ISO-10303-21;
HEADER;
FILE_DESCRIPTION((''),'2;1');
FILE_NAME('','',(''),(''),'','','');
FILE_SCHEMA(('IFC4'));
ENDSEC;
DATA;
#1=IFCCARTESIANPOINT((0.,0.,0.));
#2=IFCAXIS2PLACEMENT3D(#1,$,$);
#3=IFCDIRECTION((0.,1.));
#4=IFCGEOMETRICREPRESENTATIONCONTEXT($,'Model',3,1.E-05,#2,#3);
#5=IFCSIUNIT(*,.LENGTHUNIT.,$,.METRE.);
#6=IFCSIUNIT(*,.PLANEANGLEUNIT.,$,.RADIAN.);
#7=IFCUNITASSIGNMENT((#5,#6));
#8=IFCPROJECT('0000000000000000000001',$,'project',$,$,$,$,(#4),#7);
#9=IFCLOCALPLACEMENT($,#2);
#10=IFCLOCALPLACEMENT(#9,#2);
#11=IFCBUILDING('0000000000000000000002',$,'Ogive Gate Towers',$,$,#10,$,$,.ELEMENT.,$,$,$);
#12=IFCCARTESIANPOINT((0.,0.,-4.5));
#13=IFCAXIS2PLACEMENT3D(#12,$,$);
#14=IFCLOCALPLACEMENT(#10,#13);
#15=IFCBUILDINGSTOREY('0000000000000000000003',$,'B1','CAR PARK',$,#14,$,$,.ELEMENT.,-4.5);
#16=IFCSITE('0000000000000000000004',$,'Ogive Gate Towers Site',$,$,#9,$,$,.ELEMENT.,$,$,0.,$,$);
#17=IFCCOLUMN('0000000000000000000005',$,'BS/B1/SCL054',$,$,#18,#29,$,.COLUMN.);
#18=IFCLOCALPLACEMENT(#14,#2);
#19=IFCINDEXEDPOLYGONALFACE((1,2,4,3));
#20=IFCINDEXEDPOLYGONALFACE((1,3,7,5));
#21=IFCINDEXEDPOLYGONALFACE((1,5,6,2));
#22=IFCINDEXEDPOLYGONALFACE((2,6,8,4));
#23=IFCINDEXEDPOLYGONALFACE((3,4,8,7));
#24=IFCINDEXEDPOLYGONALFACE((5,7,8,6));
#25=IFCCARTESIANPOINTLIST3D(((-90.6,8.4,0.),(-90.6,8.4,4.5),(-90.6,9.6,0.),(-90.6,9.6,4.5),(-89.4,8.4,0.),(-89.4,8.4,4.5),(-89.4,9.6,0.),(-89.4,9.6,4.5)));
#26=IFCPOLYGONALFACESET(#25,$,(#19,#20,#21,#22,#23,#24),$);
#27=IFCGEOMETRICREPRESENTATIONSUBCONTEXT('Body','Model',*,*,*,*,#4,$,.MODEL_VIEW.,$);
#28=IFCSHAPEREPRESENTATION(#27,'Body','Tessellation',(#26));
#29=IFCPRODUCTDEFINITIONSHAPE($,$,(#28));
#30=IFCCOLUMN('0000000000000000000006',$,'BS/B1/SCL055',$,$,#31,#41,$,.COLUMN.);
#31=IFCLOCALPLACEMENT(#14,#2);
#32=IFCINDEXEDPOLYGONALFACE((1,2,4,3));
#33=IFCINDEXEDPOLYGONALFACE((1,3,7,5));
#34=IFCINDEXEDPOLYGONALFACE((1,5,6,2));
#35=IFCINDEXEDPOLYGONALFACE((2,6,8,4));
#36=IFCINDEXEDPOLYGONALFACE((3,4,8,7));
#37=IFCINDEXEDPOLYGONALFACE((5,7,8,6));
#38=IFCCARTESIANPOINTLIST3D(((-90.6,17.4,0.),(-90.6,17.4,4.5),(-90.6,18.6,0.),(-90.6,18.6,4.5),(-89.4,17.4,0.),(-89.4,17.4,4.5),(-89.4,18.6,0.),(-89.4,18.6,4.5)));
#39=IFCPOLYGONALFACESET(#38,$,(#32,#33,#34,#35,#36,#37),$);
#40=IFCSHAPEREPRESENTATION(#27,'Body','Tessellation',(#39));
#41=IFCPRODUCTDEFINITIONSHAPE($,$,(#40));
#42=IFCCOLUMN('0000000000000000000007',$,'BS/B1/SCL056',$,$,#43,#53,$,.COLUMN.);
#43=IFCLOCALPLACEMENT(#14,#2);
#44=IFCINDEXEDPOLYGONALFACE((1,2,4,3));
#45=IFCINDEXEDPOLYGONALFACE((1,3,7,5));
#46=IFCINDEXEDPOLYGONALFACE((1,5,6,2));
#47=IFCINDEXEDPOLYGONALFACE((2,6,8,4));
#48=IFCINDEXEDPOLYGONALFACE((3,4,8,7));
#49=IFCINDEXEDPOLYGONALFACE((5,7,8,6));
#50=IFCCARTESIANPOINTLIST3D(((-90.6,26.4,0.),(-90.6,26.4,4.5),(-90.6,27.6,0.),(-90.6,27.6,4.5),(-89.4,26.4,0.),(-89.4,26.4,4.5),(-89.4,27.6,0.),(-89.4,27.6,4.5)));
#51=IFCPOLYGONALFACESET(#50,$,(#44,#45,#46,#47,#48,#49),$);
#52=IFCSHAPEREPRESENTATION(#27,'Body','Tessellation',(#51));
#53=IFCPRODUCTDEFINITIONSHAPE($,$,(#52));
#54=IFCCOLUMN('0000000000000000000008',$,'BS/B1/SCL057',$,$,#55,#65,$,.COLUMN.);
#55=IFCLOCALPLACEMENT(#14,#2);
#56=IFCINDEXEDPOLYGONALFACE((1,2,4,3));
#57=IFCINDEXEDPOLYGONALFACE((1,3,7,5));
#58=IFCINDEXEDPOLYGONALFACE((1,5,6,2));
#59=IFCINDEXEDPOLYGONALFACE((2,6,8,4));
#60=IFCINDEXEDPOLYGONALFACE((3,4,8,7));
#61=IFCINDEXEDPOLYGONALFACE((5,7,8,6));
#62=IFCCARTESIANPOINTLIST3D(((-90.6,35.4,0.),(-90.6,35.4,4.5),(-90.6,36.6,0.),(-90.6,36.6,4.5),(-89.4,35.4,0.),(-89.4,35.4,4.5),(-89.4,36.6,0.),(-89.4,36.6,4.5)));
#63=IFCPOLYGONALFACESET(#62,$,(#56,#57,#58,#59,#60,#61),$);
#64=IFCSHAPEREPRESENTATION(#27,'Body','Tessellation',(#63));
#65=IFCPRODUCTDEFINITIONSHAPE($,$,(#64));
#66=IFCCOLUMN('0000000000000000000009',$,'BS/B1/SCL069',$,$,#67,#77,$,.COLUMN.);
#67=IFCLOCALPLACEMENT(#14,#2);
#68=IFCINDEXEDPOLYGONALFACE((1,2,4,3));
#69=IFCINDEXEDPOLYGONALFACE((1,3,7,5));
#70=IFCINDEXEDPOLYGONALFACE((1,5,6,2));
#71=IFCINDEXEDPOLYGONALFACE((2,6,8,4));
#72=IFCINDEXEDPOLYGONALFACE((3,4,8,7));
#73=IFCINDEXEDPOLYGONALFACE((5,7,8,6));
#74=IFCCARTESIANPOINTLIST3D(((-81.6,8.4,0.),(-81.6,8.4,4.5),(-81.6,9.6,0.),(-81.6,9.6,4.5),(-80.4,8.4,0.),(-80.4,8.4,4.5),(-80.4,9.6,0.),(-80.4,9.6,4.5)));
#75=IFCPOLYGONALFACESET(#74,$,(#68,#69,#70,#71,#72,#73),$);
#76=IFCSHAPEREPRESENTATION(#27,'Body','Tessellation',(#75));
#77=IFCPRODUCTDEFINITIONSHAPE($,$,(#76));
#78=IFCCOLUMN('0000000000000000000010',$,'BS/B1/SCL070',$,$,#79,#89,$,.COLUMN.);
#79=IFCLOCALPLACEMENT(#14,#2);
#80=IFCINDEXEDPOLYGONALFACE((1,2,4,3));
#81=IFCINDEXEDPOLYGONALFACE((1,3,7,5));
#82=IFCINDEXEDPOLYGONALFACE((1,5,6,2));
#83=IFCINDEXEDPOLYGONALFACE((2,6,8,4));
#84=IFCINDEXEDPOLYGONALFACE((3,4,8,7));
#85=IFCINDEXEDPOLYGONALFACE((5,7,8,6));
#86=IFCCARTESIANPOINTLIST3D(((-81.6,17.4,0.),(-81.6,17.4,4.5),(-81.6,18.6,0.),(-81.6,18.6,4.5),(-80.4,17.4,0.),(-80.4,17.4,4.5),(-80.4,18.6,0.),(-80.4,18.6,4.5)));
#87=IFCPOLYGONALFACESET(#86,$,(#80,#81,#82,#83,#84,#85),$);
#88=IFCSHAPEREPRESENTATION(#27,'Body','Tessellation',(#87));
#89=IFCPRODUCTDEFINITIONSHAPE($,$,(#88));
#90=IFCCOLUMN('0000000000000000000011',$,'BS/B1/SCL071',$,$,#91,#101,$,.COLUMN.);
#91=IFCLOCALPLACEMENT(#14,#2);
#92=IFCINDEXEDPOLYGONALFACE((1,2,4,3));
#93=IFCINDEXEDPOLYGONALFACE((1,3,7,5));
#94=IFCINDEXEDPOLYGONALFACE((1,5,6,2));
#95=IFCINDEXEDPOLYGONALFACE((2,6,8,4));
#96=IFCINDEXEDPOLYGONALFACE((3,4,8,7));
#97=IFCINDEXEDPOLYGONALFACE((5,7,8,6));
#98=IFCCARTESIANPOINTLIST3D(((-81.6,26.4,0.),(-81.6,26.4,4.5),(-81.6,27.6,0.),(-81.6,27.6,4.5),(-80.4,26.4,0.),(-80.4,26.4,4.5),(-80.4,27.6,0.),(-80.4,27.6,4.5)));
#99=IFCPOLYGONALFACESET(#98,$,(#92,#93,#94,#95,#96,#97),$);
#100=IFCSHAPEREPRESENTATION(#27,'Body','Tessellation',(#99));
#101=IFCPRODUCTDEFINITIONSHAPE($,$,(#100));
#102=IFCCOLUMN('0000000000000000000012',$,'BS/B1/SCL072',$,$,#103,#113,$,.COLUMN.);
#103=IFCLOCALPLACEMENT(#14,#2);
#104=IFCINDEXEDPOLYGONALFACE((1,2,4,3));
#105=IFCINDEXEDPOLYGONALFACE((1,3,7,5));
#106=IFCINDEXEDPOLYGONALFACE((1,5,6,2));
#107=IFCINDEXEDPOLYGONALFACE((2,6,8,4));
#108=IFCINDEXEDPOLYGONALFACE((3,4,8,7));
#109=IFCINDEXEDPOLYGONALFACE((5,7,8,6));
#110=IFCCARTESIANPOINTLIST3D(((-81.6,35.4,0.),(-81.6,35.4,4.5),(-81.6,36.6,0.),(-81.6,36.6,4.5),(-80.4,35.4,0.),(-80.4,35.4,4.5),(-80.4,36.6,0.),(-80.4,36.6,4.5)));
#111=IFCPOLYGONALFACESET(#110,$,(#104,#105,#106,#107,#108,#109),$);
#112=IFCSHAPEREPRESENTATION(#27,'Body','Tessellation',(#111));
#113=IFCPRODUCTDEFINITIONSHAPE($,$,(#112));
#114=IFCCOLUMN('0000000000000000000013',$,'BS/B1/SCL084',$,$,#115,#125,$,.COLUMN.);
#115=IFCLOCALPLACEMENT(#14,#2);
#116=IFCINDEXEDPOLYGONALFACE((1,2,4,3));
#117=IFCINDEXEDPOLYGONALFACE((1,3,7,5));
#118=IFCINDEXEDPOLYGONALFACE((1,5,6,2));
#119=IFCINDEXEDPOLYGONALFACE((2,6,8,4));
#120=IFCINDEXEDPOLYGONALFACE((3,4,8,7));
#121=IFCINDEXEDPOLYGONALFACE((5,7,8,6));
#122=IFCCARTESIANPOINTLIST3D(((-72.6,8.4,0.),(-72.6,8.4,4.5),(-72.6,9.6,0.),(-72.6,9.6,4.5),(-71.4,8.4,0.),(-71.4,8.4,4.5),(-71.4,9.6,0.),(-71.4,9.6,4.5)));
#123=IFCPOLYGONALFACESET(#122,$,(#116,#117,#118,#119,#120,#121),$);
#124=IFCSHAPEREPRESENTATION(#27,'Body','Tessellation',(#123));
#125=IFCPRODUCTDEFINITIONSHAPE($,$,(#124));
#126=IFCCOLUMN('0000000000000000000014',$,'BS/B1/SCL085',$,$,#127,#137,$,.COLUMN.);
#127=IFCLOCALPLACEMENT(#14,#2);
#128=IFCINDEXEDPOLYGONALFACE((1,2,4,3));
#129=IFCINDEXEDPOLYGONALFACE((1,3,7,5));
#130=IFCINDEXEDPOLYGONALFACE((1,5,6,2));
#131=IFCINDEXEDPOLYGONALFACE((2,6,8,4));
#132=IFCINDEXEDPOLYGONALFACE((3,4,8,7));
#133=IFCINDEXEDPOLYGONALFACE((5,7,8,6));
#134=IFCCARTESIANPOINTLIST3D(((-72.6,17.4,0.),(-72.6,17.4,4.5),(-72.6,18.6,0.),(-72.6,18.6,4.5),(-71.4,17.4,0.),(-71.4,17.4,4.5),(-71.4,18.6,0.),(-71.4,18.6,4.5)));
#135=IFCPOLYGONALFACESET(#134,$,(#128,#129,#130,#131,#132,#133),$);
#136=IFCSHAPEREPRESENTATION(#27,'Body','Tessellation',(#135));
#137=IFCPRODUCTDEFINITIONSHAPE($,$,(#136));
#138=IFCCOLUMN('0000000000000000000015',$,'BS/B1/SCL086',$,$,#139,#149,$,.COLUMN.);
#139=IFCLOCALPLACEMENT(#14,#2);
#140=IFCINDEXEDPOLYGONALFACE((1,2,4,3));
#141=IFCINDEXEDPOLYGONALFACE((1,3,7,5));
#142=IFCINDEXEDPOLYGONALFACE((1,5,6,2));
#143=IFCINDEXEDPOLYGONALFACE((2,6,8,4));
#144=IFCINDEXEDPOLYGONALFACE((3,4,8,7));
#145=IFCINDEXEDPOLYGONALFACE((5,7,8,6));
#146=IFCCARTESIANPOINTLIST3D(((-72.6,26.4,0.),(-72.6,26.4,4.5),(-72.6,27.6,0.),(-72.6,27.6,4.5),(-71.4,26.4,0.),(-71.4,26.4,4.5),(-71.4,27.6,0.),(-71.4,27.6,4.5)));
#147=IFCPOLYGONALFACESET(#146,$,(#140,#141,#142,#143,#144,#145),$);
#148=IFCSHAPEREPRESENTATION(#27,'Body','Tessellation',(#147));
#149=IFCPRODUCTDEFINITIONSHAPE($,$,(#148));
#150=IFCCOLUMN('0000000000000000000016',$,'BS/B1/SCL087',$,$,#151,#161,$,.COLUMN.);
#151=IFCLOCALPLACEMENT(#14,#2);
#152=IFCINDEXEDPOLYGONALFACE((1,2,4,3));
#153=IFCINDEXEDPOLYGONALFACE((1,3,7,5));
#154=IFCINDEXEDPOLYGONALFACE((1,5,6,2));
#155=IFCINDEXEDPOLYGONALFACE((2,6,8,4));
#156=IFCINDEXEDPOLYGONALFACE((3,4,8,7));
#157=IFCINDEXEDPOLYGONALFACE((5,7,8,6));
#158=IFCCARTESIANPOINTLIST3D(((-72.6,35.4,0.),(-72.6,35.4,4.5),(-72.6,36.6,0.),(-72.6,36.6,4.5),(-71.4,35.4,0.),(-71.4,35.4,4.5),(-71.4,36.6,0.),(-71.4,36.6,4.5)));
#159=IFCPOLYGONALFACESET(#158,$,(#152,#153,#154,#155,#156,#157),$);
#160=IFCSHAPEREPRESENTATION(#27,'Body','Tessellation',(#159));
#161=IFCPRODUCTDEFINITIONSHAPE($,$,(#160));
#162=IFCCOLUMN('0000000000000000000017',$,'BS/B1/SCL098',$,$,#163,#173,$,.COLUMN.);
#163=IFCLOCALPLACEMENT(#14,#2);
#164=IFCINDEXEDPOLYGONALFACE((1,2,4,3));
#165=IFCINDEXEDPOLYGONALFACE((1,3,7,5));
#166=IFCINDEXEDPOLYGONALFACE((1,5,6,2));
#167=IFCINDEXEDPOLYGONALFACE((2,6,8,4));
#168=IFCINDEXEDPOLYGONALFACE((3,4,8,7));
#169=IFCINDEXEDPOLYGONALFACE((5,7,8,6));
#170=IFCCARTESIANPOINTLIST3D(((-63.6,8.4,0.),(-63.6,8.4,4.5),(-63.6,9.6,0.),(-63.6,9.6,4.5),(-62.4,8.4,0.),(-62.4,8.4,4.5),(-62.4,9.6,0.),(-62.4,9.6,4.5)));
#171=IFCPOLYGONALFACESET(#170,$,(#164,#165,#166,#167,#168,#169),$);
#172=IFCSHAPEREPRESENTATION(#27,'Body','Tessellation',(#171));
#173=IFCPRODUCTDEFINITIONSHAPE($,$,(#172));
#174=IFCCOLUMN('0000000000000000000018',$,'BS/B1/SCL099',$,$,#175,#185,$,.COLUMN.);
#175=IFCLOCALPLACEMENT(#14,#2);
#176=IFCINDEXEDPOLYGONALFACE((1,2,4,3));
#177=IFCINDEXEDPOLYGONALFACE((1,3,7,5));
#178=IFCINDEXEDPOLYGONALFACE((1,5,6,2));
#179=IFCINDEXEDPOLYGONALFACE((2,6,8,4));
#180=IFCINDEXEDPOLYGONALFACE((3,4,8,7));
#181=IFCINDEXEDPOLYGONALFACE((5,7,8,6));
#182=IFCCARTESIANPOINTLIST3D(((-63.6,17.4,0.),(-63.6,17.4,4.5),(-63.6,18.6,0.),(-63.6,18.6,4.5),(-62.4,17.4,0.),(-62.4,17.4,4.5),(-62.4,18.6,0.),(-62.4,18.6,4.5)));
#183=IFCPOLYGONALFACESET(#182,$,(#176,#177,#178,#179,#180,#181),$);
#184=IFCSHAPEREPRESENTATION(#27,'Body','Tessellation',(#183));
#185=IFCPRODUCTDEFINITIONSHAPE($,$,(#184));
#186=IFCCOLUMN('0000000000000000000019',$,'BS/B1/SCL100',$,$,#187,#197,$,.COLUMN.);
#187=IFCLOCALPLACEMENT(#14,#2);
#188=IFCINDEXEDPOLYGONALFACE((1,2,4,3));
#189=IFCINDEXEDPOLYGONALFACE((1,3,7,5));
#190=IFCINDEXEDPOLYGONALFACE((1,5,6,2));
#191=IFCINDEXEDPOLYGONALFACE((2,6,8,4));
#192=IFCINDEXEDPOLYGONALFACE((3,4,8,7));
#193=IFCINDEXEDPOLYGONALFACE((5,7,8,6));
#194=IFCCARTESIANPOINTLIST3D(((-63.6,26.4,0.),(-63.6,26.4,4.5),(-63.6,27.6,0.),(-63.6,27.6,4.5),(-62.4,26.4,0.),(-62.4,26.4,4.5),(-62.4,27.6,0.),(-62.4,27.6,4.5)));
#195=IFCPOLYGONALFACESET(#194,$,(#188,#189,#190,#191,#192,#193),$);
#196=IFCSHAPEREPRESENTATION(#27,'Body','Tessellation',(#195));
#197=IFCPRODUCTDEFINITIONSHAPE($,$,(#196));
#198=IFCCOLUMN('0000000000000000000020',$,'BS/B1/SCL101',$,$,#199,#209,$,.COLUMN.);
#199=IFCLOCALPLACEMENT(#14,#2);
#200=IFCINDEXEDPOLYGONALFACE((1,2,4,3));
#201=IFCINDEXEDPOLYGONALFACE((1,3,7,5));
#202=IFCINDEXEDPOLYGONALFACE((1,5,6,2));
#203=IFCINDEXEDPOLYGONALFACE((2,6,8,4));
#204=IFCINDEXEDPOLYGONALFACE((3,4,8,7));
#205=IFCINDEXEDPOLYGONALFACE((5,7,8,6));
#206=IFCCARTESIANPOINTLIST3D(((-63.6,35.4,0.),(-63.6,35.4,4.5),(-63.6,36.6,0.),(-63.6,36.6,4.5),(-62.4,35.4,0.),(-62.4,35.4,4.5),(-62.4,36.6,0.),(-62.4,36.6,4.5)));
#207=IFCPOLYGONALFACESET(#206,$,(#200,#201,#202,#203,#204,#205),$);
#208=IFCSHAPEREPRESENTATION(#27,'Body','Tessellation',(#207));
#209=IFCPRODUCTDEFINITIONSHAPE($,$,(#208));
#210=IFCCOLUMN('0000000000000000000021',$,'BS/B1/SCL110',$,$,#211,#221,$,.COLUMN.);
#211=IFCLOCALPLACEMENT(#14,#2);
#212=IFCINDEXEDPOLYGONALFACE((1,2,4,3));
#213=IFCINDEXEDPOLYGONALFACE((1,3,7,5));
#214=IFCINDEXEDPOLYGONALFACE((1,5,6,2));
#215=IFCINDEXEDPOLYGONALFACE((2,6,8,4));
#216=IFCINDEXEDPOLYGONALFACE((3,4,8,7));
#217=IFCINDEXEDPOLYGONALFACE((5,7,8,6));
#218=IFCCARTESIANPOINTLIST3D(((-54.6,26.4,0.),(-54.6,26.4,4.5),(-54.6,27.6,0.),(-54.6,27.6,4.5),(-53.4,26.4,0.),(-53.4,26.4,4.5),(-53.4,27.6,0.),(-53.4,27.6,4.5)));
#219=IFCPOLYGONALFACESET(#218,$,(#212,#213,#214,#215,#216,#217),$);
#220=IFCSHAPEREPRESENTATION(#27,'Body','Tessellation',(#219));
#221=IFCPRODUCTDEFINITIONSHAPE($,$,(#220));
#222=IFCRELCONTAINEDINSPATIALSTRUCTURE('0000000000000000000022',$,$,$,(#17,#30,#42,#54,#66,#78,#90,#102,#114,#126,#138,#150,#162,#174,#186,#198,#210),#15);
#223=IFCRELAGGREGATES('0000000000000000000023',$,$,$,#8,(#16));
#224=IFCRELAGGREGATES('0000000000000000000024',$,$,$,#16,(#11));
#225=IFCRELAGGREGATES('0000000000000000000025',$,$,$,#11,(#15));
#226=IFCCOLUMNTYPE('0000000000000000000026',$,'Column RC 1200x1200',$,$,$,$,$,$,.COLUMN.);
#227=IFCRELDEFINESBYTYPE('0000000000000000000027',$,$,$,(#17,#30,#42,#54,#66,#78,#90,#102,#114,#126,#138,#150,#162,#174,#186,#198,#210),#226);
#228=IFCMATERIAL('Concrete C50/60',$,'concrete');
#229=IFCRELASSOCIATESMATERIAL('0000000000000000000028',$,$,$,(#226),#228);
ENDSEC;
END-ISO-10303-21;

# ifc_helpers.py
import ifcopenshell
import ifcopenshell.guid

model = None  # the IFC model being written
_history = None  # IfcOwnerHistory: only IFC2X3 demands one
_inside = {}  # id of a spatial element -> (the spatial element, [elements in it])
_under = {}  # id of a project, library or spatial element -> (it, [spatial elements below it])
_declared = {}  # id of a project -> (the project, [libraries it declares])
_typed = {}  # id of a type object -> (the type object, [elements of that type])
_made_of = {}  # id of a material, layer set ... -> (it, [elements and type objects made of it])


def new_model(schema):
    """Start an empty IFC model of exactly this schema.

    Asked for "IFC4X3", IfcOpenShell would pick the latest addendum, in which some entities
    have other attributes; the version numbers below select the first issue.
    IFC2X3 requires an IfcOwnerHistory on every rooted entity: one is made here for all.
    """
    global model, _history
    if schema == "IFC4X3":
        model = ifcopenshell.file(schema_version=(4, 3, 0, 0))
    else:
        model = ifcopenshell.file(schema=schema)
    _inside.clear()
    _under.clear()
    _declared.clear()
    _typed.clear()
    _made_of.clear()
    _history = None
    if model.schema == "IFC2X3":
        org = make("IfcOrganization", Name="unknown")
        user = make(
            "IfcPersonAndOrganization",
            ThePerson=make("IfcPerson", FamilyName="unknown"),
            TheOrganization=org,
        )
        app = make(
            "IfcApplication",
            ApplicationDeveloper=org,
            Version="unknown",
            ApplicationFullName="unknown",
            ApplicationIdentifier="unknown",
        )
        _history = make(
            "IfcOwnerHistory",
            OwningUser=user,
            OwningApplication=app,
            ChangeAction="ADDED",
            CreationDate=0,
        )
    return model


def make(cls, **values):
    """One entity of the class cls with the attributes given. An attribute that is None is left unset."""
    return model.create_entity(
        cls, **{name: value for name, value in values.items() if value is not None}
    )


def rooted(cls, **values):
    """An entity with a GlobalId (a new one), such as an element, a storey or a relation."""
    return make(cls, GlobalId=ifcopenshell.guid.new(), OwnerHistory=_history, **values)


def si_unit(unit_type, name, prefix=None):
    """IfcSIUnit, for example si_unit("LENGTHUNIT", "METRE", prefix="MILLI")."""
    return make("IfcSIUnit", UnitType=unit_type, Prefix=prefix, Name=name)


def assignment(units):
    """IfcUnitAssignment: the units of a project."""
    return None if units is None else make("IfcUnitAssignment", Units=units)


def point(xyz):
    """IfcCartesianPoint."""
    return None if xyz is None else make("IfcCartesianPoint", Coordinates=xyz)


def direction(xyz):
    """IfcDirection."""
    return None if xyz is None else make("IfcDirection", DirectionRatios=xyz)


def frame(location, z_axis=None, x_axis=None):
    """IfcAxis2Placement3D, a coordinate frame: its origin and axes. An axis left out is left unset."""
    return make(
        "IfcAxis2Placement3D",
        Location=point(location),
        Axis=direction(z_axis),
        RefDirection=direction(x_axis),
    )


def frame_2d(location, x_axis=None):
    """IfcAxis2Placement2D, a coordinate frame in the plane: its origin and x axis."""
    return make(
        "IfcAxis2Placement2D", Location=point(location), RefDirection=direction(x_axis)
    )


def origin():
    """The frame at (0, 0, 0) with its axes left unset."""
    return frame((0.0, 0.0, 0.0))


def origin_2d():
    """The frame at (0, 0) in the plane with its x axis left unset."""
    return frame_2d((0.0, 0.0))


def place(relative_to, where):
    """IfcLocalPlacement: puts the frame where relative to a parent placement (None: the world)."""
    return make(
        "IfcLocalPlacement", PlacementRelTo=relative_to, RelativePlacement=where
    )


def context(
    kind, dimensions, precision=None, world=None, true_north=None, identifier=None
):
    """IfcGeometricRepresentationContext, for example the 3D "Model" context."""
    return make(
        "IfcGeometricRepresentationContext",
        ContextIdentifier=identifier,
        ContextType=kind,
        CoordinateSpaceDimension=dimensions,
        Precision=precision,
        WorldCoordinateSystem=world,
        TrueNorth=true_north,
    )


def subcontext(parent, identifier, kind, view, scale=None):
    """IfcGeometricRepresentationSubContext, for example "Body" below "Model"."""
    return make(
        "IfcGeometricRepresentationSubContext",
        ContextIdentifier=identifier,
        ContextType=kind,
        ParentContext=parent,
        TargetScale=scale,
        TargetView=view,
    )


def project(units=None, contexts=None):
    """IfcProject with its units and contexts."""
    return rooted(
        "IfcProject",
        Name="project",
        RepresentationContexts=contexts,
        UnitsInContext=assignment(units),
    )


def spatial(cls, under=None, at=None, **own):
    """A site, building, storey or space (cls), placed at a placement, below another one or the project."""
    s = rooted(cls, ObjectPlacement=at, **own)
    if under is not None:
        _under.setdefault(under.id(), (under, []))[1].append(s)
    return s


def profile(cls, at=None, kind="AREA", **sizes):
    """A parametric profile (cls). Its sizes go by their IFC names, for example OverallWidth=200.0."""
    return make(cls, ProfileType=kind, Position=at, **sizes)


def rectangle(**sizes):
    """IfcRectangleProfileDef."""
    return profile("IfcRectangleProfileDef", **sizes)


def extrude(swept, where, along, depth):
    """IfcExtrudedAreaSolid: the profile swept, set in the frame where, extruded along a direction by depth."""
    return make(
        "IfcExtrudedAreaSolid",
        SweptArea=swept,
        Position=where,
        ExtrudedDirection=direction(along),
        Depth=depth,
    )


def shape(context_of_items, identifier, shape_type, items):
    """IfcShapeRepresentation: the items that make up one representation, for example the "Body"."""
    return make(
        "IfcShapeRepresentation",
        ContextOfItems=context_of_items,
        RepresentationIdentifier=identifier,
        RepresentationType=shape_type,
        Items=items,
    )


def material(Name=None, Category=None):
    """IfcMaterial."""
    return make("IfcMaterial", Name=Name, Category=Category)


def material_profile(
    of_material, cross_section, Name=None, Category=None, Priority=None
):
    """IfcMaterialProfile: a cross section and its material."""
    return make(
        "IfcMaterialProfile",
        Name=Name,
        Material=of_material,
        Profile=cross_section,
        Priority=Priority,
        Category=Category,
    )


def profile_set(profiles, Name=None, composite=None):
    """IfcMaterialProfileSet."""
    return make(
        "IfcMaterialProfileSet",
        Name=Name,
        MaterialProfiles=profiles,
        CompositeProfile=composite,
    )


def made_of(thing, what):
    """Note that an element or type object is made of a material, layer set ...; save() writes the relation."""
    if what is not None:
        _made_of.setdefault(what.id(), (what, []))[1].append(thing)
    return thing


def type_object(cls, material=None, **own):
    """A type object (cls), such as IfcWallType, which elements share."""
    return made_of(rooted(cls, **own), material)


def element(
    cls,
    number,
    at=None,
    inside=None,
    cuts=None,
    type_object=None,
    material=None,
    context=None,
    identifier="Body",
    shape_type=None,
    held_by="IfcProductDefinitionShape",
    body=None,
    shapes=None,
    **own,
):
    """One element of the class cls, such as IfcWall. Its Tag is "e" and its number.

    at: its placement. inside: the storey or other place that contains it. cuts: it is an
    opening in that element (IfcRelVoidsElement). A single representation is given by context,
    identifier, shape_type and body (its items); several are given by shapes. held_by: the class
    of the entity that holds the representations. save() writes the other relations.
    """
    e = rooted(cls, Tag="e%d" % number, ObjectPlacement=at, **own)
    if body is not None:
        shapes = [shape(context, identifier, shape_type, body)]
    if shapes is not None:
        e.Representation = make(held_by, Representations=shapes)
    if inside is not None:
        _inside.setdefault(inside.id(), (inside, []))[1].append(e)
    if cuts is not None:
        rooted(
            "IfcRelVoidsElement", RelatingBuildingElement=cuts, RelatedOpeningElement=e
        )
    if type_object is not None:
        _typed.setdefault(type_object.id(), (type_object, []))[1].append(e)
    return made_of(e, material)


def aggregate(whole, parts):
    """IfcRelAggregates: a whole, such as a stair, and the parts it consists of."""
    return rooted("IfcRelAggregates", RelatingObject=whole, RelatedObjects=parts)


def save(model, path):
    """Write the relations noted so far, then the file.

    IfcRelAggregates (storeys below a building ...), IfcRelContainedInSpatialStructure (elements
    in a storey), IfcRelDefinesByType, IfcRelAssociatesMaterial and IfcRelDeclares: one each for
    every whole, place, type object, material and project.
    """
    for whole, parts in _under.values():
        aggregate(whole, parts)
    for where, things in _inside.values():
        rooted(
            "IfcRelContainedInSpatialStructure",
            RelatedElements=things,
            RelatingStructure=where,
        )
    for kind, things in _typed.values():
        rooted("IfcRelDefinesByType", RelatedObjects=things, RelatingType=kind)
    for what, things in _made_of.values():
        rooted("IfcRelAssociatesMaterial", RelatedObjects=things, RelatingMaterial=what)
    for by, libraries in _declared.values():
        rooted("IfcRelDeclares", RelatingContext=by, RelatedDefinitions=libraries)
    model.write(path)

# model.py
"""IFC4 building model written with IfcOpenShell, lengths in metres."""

from ifc_helpers import new_model, si_unit, direction, frame, origin, origin_2d, place, context, subcontext, project, spatial, rectangle, extrude, material, material_profile, profile_set, type_object, element, save


model = new_model("IFC4")

# Units and contexts
model_context = context("Model", 3, precision=1e-05, world=origin(), true_north=direction((0.0, 1.0)))
body_context = subcontext(model_context, "Body", "Model", "MODEL_VIEW")
ifc_project = project(units=[si_unit("LENGTHUNIT", "METRE"), si_unit("PLANEANGLEUNIT", "RADIAN")], contexts=[model_context])

# Site, building, storey
site_placement = place(None, origin())
site = spatial("IfcSite", under=ifc_project, at=site_placement, Name="Ogive Gate Towers Site", CompositionType="ELEMENT", RefElevation=0.0)
building_placement = place(site_placement, origin())
building = spatial("IfcBuilding", under=site, at=building_placement, Name="Ogive Gate Towers", CompositionType="ELEMENT")
storey_placement = place(building_placement, frame((0.0, 0.0, -4.5)))
storey = spatial("IfcBuildingStorey", under=building, at=storey_placement, Name="B1", Description="CAR PARK", CompositionType="ELEMENT", Elevation=-4.5)

# Columns
ifc_material_1 = material(Name="Concrete C50/60", Category="concrete")
ifc_material_profile_1 = material_profile(ifc_material_1, rectangle(XDim=1.2, YDim=1.2, at=origin_2d()), Name="RC 1200x1200")
ifc_profile_set_1 = profile_set([ifc_material_profile_1], Name="Concrete C50/60")
column_type = type_object("IfcColumnType", Name="Column RC 1200x1200", PredefinedType="COLUMN", material=ifc_profile_set_1)
for number, where, z_axis, x_axis, name in (
    (1, (-90.0, 9.0, 0.0), (0.0, 0.0, 1.0), (1.0, 0.0, 0.0), "BS/B1/SCL054"),
    (2, (-90.0, 18.0, 0.0), (0.0, 0.0, 1.0), (1.0, 0.0, 0.0), "BS/B1/SCL055"),
    (3, (-90.0, 27.0, 0.0), (0.0, 0.0, 1.0), (1.0, 0.0, 0.0), "BS/B1/SCL056"),
    (4, (-90.0, 36.0, 0.0), (0.0, 0.0, 1.0), (1.0, 0.0, 0.0), "BS/B1/SCL057"),
    (5, (-81.0, 9.0, 0.0), (0.0, 0.0, 1.0), (1.0, 0.0, 0.0), "BS/B1/SCL069"),
    (6, (-81.0, 18.0, 0.0), (0.0, 0.0, 1.0), (1.0, 0.0, 0.0), "BS/B1/SCL070"),
    (7, (-81.0, 27.0, 0.0), (0.0, 0.0, 1.0), (1.0, 0.0, 0.0), "BS/B1/SCL071"),
    (8, (-81.0, 36.0, 0.0), (0.0, 0.0, 1.0), (1.0, 0.0, 0.0), "BS/B1/SCL072"),
    (9, (-72.0, 9.0, 0.0), (0.0, 0.0, 1.0), (1.0, 0.0, 0.0), "BS/B1/SCL084"),
    (10, (-72.0, 18.0, 0.0), (0.0, 0.0, 1.0), (1.0, 0.0, 0.0), "BS/B1/SCL085"),
    (11, (-72.0, 27.0, 0.0), (0.0, 0.0, 1.0), (1.0, 0.0, 0.0), "BS/B1/SCL086"),
    (12, (-72.0, 36.0, 0.0), (0.0, 0.0, 1.0), (1.0, 0.0, 0.0), "BS/B1/SCL087"),
    (13, (-63.0, 9.0, 0.0), (0.0, 0.0, 1.0), (1.0, 0.0, 0.0), "BS/B1/SCL098"),
    (14, (-63.0, 18.0, 0.0), (0.0, 0.0, 1.0), (1.0, 0.0, 0.0), "BS/B1/SCL099"),
    (15, (-63.0, 27.0, 0.0), (0.0, 0.0, 1.0), (1.0, 0.0, 0.0), "BS/B1/SCL100"),
    (16, (-63.0, 36.0, 0.0), (0.0, 0.0, 1.0), (1.0, 0.0, 0.0), "BS/B1/SCL101"),
    (17, (-54.0, 27.0, 0.0), (0.0, 0.0, 1.0), (1.0, 0.0, 0.0), "BS/B1/SCL110"),
):
    element("IfcColumn", number, at=place(storey_placement, frame(where, z_axis=z_axis, x_axis=x_axis)), inside=storey, type_object=column_type, Name=name, PredefinedType="COLUMN", context=body_context, shape_type="SweptSolid", body=[
        extrude(rectangle(XDim=1.2, YDim=1.2, at=origin_2d()), origin(), (0.0, 0.0, 1.0), 4.5),
    ])

save(model, "model.ifc")
